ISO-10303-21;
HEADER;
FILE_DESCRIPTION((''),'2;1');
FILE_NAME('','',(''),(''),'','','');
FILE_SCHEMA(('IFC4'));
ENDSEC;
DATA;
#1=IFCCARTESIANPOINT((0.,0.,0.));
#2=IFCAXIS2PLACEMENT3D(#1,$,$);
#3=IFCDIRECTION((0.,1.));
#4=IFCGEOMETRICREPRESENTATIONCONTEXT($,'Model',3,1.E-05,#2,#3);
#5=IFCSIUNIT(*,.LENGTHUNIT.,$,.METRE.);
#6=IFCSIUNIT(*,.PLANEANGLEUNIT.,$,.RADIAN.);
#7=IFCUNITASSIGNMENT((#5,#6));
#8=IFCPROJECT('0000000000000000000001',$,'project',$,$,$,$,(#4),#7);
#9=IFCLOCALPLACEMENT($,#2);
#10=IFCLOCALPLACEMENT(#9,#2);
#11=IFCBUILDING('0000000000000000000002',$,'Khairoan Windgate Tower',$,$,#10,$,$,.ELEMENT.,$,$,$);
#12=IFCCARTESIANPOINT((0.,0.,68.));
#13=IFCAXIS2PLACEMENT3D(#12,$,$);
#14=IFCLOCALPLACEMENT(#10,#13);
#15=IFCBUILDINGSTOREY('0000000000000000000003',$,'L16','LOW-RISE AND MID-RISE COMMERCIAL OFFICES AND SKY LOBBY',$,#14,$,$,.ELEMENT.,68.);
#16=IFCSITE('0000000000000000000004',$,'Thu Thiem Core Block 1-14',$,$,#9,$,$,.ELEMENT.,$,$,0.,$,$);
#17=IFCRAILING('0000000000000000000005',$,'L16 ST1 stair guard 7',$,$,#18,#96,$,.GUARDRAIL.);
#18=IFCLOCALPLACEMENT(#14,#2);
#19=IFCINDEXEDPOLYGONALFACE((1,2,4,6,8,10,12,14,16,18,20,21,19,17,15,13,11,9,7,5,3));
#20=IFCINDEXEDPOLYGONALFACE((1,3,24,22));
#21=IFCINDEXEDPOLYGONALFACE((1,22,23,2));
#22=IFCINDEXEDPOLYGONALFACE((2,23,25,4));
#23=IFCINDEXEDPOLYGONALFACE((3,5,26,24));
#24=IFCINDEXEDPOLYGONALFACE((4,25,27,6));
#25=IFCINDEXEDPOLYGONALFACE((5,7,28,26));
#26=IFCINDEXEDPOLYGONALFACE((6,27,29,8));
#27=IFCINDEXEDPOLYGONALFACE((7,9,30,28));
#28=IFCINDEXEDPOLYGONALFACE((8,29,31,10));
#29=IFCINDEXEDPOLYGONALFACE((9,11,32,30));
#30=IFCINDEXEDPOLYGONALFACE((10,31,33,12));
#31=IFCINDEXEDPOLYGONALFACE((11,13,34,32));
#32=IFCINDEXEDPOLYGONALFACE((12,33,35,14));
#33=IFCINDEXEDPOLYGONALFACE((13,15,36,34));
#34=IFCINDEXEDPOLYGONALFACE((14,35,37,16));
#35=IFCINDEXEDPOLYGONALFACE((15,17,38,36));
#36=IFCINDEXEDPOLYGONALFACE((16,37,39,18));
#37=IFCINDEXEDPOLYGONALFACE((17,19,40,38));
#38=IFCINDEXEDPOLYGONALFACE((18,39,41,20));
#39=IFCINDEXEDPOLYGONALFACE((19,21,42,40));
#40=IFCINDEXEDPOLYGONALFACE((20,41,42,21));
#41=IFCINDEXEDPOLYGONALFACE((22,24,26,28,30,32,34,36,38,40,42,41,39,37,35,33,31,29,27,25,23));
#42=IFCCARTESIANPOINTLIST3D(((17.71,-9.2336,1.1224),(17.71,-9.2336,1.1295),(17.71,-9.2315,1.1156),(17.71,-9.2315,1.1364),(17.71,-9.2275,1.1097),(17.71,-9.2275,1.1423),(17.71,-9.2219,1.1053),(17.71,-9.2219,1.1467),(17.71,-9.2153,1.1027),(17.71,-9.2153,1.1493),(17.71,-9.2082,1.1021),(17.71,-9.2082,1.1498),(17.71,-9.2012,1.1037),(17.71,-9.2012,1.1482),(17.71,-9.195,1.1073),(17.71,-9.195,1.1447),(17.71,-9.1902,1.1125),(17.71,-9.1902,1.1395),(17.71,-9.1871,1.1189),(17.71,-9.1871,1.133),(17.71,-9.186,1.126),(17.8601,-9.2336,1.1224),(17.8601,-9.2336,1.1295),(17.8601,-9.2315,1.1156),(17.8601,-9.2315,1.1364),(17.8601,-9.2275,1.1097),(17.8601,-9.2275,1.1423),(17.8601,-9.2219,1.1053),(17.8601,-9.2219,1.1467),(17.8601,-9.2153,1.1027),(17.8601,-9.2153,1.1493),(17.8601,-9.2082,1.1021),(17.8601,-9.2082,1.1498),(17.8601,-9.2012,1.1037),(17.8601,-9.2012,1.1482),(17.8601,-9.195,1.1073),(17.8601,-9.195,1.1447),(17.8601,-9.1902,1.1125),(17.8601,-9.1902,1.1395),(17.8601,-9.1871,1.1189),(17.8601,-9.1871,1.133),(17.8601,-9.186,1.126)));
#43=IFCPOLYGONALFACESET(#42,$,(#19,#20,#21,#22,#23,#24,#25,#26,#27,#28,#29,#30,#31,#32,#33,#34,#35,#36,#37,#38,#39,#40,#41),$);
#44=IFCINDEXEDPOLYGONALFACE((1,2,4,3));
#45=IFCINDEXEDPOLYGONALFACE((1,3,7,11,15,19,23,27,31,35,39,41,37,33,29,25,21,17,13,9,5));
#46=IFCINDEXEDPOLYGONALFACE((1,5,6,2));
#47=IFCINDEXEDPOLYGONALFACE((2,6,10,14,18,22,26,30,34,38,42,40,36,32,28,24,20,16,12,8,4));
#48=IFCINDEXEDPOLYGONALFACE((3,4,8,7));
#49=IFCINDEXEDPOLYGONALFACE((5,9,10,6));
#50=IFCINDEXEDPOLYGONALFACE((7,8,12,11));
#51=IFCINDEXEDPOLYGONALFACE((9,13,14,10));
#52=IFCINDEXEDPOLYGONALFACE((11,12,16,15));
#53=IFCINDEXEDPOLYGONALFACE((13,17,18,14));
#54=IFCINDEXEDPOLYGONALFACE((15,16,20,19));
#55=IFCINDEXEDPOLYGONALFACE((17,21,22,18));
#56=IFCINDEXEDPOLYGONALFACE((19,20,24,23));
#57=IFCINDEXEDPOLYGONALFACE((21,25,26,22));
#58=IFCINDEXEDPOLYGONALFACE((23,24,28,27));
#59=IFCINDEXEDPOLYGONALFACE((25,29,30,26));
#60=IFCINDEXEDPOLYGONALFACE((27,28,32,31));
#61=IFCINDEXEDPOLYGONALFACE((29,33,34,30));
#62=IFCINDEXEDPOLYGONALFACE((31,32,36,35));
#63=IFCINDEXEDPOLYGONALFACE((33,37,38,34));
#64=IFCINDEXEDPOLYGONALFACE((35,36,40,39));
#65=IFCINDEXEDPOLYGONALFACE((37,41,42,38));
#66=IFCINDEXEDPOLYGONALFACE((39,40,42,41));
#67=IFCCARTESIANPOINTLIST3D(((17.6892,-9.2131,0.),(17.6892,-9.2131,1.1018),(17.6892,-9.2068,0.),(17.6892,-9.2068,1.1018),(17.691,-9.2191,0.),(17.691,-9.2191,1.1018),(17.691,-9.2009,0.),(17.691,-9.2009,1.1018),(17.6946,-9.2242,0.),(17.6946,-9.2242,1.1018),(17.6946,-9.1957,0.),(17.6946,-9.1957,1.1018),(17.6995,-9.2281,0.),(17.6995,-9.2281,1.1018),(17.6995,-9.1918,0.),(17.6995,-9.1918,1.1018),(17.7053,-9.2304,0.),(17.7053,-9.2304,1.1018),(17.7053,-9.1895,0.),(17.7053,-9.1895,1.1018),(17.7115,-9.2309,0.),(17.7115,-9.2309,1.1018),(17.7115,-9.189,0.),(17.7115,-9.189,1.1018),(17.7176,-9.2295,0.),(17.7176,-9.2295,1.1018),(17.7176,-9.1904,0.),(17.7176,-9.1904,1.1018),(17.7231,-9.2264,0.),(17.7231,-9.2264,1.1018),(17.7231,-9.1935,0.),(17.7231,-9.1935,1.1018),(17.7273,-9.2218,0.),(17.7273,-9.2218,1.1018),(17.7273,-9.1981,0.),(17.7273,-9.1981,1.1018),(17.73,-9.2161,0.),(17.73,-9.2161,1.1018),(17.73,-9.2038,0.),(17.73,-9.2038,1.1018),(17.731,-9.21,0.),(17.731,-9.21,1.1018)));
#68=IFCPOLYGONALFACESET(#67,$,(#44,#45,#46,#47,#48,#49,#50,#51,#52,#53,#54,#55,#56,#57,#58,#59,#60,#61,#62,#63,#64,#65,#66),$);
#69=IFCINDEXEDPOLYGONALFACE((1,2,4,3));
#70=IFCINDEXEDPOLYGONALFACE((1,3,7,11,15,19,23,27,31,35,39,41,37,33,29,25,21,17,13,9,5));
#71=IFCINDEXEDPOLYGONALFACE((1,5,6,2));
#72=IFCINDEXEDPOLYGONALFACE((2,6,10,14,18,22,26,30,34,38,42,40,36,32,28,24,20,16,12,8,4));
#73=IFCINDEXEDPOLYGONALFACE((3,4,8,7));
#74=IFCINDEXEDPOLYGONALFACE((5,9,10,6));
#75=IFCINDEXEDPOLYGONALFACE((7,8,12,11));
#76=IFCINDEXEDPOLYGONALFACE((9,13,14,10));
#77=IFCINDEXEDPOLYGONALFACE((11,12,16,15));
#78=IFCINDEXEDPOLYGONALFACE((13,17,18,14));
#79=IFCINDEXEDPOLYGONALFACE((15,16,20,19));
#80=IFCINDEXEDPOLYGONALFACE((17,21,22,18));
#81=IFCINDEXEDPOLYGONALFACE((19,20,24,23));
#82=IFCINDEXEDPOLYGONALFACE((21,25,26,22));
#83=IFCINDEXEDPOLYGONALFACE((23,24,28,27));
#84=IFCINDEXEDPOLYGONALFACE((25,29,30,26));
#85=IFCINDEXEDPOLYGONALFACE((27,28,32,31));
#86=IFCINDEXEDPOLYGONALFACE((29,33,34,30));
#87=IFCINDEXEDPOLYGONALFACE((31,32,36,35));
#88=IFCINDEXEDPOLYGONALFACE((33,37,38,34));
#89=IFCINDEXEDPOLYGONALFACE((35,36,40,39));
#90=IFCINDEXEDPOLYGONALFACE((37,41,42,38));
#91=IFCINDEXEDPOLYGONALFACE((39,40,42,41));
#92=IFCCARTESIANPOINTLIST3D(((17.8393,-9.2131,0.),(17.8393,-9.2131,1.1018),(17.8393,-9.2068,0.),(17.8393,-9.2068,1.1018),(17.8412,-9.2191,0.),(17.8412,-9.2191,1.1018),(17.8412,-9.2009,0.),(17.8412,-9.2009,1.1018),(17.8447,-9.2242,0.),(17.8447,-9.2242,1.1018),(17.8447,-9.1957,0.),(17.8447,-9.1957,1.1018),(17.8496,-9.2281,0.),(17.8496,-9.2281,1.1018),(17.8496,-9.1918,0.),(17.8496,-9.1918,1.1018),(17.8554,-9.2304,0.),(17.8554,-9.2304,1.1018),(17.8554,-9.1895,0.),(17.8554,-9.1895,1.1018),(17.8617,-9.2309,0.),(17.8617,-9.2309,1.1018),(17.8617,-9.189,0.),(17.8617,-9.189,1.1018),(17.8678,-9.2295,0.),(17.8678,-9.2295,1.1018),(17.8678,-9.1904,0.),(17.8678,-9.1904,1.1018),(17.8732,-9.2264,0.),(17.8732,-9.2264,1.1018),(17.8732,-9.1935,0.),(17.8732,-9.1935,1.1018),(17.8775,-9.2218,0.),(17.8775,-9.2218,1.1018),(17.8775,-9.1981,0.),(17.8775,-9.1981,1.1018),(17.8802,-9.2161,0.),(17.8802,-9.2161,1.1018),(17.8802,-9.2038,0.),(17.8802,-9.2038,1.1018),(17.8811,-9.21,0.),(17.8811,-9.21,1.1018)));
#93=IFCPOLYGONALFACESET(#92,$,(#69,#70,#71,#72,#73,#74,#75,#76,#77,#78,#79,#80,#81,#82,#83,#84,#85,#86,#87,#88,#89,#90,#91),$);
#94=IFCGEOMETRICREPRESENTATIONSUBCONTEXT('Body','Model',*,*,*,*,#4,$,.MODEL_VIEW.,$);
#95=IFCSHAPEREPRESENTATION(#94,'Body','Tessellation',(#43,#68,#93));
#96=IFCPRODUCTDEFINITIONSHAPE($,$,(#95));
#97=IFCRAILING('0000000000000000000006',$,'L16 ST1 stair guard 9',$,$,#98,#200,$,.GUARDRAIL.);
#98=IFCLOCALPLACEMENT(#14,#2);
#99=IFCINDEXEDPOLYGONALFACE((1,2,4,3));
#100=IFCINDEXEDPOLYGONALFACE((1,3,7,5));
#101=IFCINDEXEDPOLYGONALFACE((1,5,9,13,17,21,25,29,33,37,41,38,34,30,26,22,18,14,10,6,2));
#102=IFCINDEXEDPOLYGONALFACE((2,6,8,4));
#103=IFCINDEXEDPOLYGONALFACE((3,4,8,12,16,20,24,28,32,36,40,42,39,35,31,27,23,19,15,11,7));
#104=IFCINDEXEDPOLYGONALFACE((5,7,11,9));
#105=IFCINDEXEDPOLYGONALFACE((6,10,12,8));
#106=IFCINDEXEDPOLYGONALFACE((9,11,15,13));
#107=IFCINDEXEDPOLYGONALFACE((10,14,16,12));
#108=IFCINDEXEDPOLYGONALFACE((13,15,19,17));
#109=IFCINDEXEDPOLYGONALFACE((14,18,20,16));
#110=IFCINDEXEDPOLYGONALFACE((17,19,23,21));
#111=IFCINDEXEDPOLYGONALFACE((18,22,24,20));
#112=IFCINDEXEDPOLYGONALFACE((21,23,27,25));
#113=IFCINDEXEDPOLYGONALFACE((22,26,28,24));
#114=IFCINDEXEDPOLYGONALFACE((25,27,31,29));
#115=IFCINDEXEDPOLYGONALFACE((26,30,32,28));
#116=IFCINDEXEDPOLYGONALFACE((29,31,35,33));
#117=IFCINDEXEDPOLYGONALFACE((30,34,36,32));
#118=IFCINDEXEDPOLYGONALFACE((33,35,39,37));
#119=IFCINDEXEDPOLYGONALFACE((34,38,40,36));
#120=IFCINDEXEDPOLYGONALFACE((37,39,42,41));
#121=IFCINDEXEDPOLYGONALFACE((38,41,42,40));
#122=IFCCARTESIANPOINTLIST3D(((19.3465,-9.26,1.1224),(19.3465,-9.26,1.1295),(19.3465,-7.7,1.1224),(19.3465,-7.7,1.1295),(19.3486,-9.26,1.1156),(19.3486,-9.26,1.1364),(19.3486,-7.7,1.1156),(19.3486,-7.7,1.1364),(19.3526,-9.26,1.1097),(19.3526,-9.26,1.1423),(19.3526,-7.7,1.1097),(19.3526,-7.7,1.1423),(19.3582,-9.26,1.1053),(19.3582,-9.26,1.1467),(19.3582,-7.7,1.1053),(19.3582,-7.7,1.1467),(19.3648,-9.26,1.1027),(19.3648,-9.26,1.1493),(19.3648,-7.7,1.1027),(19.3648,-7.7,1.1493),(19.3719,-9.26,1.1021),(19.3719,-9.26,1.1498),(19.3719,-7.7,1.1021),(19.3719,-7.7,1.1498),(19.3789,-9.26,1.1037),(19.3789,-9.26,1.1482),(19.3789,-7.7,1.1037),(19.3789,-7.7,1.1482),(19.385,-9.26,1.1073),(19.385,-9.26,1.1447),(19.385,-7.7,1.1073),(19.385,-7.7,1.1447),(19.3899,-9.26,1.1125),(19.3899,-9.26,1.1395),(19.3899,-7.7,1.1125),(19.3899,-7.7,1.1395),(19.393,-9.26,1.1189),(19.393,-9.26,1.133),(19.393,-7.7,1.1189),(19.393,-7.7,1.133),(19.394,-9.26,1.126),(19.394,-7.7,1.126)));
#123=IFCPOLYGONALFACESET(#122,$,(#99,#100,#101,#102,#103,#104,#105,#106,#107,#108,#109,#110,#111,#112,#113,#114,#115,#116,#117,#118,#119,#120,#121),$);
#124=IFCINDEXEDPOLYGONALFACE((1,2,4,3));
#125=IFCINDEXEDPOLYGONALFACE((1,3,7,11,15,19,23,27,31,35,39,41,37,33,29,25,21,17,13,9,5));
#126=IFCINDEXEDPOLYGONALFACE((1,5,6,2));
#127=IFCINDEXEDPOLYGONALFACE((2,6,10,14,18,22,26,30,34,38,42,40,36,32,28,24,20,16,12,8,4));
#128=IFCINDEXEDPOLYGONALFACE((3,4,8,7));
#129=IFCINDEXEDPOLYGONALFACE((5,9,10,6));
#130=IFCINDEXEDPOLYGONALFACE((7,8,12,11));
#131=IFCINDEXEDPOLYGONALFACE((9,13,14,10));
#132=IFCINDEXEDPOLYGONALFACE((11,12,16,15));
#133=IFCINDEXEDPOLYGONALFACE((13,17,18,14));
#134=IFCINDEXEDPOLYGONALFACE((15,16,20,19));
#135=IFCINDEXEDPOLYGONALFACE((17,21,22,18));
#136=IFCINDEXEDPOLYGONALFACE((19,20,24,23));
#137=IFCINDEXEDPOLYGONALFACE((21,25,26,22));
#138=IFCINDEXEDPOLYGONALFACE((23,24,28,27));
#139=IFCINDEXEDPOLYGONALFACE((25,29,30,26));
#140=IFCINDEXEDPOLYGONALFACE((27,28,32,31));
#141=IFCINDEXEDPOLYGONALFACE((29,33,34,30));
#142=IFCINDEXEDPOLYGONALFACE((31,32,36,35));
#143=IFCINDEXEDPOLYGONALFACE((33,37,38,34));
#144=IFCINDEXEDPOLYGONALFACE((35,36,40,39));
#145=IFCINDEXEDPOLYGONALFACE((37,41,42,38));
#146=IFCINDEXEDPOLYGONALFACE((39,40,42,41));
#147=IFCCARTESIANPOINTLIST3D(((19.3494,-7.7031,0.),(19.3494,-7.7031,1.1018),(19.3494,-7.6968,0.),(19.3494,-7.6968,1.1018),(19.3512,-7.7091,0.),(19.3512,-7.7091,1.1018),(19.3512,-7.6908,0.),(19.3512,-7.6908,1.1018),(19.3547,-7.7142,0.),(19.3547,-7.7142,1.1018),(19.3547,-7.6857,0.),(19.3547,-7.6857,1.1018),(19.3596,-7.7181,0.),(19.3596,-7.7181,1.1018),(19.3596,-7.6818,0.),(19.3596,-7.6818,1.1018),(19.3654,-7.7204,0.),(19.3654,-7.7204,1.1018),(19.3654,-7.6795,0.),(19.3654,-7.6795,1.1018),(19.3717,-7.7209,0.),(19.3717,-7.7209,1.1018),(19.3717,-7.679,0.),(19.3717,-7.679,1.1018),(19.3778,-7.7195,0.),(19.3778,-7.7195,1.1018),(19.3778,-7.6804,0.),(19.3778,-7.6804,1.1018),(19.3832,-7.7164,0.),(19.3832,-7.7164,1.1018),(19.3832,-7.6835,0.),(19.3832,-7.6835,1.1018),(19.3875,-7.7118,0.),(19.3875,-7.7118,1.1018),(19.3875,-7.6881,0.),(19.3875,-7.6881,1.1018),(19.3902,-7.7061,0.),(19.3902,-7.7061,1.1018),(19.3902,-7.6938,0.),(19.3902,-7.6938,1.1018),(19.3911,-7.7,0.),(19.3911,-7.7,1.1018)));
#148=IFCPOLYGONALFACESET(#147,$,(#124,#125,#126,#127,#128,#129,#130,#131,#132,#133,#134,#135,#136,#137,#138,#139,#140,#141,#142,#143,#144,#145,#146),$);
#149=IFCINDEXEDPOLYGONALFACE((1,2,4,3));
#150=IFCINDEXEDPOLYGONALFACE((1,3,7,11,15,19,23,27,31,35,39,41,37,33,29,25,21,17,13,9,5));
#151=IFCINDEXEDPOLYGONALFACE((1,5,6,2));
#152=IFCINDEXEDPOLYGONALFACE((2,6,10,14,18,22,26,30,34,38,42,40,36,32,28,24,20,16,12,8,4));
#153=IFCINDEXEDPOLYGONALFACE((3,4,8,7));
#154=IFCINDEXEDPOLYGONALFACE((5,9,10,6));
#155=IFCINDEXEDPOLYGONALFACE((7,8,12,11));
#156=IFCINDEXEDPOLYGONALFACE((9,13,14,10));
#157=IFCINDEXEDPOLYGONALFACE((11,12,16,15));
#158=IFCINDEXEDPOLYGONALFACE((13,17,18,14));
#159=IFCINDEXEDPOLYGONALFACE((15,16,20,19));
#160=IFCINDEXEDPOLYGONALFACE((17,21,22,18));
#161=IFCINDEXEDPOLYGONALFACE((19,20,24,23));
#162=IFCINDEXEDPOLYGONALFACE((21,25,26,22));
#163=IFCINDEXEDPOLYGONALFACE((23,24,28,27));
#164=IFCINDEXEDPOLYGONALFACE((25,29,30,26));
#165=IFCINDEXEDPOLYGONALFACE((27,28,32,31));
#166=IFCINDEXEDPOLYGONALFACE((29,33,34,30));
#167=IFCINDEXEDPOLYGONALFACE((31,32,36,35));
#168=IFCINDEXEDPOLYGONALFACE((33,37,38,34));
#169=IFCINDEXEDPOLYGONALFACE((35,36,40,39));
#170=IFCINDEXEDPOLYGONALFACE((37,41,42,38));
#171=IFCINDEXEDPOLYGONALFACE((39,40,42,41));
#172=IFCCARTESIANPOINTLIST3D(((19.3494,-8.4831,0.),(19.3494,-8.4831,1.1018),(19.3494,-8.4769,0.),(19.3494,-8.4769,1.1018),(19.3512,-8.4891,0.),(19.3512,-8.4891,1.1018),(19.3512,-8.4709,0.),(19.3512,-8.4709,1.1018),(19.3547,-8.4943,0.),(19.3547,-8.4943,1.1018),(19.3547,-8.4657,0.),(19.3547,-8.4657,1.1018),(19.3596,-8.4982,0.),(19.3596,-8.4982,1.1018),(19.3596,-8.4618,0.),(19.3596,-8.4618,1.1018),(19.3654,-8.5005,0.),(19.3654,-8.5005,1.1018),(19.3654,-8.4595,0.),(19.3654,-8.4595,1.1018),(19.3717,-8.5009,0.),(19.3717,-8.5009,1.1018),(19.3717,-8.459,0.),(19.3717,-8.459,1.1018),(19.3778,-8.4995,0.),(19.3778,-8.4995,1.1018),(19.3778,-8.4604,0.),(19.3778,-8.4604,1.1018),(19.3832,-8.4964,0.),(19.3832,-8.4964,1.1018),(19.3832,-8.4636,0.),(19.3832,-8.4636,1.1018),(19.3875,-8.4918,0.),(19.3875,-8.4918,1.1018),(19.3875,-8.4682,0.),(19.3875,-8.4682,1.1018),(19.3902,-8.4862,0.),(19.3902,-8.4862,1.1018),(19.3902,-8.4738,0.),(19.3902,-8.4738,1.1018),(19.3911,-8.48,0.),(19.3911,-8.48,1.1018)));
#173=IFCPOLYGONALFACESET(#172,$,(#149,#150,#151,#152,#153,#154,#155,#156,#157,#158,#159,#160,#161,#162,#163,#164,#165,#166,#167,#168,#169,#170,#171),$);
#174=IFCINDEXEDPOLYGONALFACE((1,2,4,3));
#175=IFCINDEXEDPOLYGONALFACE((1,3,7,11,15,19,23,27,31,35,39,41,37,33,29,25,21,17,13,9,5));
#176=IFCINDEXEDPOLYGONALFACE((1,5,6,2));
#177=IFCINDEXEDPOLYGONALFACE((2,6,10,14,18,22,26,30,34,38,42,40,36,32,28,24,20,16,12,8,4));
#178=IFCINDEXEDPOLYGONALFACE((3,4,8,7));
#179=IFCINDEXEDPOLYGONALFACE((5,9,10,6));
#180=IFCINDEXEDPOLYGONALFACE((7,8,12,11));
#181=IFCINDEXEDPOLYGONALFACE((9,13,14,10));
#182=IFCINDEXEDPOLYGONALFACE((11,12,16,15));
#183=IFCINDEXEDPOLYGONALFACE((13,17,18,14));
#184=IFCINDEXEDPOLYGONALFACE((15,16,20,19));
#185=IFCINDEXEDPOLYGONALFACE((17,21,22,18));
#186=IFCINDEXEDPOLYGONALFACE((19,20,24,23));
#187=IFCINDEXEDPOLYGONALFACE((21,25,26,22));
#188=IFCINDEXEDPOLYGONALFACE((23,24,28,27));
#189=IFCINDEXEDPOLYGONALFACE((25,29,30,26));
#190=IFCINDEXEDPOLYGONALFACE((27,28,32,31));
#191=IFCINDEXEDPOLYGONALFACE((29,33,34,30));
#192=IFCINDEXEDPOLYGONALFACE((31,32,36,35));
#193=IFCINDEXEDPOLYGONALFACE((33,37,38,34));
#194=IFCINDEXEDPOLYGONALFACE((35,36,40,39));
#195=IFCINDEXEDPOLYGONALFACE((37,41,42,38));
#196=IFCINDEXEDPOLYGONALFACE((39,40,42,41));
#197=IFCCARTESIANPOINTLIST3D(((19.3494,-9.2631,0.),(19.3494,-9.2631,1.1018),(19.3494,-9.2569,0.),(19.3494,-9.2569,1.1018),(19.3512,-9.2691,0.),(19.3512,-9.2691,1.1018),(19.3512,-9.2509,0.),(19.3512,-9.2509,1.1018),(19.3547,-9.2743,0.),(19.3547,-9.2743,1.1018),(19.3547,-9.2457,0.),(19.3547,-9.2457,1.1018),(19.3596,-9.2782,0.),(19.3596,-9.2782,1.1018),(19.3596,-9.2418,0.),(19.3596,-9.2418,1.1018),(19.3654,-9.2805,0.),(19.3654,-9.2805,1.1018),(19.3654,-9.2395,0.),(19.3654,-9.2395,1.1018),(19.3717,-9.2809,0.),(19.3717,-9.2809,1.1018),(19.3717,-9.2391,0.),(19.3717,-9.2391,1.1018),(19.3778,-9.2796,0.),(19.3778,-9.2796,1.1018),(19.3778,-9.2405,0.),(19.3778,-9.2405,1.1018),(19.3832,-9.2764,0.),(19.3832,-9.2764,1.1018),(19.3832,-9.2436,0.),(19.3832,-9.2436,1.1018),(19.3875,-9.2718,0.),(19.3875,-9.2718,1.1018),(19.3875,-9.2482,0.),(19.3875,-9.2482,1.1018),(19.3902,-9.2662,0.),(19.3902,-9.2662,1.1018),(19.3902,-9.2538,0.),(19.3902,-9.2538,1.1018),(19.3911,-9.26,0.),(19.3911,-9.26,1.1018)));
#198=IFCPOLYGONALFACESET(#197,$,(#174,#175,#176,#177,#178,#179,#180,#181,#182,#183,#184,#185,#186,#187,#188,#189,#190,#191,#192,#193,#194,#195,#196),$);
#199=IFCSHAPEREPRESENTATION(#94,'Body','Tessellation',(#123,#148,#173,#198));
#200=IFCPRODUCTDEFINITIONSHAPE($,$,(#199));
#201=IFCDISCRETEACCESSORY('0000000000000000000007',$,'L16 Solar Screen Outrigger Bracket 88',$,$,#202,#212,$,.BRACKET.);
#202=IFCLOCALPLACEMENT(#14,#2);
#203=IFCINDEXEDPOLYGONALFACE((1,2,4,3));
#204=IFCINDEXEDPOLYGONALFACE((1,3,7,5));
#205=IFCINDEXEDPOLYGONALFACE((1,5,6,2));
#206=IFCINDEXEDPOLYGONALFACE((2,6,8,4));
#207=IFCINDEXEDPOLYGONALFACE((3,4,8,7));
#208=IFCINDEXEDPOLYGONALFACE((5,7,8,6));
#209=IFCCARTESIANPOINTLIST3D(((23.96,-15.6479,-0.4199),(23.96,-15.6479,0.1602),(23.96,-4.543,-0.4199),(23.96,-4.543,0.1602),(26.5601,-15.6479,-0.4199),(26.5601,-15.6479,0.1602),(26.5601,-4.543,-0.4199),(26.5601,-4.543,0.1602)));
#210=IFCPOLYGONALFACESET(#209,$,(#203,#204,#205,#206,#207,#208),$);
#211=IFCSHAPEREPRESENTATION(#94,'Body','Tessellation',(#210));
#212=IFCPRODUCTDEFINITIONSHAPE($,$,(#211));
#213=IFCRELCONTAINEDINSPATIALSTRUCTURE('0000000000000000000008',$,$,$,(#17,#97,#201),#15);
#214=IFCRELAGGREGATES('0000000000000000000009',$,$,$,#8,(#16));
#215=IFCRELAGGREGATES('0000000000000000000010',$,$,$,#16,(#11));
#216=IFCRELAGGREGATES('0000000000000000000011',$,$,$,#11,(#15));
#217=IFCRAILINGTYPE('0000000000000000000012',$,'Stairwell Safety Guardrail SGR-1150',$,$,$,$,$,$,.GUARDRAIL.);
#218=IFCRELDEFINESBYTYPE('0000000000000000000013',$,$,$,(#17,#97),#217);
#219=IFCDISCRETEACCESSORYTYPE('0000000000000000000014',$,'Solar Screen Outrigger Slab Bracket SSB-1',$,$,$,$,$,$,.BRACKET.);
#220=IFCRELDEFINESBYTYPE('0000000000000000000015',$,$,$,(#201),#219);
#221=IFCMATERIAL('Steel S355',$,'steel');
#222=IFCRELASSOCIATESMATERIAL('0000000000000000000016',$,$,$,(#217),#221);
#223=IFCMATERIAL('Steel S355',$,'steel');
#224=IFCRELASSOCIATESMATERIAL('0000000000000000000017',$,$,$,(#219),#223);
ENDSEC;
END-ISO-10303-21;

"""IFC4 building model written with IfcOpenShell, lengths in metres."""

from ifc_helpers import new_model, si_unit, direction, frame, origin, origin_2d, place, context, subcontext, project, spatial, rectangle, circle, extrude, material, type_object, element, save


model = new_model("IFC4")

# Units and contexts
model_context = context("Model", 3, precision=1e-05, world=origin(), true_north=direction((0.0, 1.0)))
body_context = subcontext(model_context, "Body", "Model", "MODEL_VIEW")
ifc_project = project(units=[si_unit("LENGTHUNIT", "METRE"), si_unit("PLANEANGLEUNIT", "RADIAN")], contexts=[model_context])

# Site, building, storey
site_placement = place(None, origin())
site = spatial("IfcSite", under=ifc_project, at=site_placement, Name="Thu Thiem Core Block 1-14", CompositionType="ELEMENT", RefElevation=0.0)
building_placement = place(site_placement, origin())
building = spatial("IfcBuilding", under=site, at=building_placement, Name="Khairoan Windgate Tower", CompositionType="ELEMENT")
storey_placement = place(building_placement, frame((0.0, 0.0, 68.0)))
storey = spatial("IfcBuildingStorey", under=building, at=storey_placement, Name="L16", Description="LOW-RISE AND MID-RISE COMMERCIAL OFFICES AND SKY LOBBY", CompositionType="ELEMENT", Elevation=68.0)

# Railings
ifc_material_1 = material(Name="Steel S355", Category="steel")
railing_type_1 = type_object("IfcRailingType", Name="Stairwell Safety Guardrail SGR-1150", PredefinedType="GUARDRAIL", material=ifc_material_1)
railing_1_placement = place(storey_placement, frame((17.71, -9.21, 0.0)))
element("IfcRailing", 1, at=railing_1_placement, inside=storey, type_object=railing_type_1, Name="L16 ST1 stair guard 7", PredefinedType="GUARDRAIL", context=body_context, shape_type="SweptSolid", body=[
    extrude(circle(Radius=0.0239, at=origin_2d()), frame((0.0, 0.0, 1.126), z_axis=(1.0, 0.0, 0.0), x_axis=(0.0, 1.0, 0.0)), (0.0, 0.0, 1.0), 0.1501),
    extrude(circle(Radius=0.021, at=origin_2d()), origin(), (0.0, 0.0, 1.0), 1.1018),
    extrude(circle(Radius=0.021, at=origin_2d()), frame((0.1501, 0.0, 0.0)), (0.0, 0.0, 1.0), 1.1018),
])
railing_2_placement = place(storey_placement, frame((19.3701, -7.7, 0.0)))
element("IfcRailing", 2, at=railing_2_placement, inside=storey, type_object=railing_type_1, Name="L16 ST1 stair guard 9", PredefinedType="GUARDRAIL", context=body_context, shape_type="SweptSolid", body=[
    extrude(circle(Radius=0.0239, at=origin_2d()), frame((0.0, 0.0, 1.126), z_axis=(0.0, -1.0, 0.0), x_axis=(1.0, 0.0, 0.0)), (0.0, 0.0, 1.0), 1.5601),
    extrude(circle(Radius=0.021, at=origin_2d()), origin(), (0.0, 0.0, 1.0), 1.1018),
    extrude(circle(Radius=0.021, at=origin_2d()), frame((0.0, -0.78, 0.0)), (0.0, 0.0, 1.0), 1.1018),
    extrude(circle(Radius=0.021, at=origin_2d()), frame((0.0, -1.5601, 0.0)), (0.0, 0.0, 1.0), 1.1018),
])

# Discrete accessory
ifc_material_2 = material(Name="Steel S355", Category="steel")
discrete_accessory_type = type_object("IfcDiscreteAccessoryType", Name="Solar Screen Outrigger Slab Bracket SSB-1", PredefinedType="BRACKET", material=ifc_material_2)
discrete_accessory_placement = place(storey_placement, frame((25.26, -10.0955, -0.4199), z_axis=(0.0, 0.0, 1.0), x_axis=(0.0, -1.0, 0.0)))
element("IfcDiscreteAccessory", 3, at=discrete_accessory_placement, inside=storey, type_object=discrete_accessory_type, Name="L16 Solar Screen Outrigger Bracket 88", PredefinedType="BRACKET", context=body_context, shape_type="SweptSolid", body=[
    extrude(rectangle(XDim=11.105, YDim=2.6001, at=origin_2d()), origin(), (0.0, 0.0, 1.0), 0.5801),
])

save(model, "model.ifc")
